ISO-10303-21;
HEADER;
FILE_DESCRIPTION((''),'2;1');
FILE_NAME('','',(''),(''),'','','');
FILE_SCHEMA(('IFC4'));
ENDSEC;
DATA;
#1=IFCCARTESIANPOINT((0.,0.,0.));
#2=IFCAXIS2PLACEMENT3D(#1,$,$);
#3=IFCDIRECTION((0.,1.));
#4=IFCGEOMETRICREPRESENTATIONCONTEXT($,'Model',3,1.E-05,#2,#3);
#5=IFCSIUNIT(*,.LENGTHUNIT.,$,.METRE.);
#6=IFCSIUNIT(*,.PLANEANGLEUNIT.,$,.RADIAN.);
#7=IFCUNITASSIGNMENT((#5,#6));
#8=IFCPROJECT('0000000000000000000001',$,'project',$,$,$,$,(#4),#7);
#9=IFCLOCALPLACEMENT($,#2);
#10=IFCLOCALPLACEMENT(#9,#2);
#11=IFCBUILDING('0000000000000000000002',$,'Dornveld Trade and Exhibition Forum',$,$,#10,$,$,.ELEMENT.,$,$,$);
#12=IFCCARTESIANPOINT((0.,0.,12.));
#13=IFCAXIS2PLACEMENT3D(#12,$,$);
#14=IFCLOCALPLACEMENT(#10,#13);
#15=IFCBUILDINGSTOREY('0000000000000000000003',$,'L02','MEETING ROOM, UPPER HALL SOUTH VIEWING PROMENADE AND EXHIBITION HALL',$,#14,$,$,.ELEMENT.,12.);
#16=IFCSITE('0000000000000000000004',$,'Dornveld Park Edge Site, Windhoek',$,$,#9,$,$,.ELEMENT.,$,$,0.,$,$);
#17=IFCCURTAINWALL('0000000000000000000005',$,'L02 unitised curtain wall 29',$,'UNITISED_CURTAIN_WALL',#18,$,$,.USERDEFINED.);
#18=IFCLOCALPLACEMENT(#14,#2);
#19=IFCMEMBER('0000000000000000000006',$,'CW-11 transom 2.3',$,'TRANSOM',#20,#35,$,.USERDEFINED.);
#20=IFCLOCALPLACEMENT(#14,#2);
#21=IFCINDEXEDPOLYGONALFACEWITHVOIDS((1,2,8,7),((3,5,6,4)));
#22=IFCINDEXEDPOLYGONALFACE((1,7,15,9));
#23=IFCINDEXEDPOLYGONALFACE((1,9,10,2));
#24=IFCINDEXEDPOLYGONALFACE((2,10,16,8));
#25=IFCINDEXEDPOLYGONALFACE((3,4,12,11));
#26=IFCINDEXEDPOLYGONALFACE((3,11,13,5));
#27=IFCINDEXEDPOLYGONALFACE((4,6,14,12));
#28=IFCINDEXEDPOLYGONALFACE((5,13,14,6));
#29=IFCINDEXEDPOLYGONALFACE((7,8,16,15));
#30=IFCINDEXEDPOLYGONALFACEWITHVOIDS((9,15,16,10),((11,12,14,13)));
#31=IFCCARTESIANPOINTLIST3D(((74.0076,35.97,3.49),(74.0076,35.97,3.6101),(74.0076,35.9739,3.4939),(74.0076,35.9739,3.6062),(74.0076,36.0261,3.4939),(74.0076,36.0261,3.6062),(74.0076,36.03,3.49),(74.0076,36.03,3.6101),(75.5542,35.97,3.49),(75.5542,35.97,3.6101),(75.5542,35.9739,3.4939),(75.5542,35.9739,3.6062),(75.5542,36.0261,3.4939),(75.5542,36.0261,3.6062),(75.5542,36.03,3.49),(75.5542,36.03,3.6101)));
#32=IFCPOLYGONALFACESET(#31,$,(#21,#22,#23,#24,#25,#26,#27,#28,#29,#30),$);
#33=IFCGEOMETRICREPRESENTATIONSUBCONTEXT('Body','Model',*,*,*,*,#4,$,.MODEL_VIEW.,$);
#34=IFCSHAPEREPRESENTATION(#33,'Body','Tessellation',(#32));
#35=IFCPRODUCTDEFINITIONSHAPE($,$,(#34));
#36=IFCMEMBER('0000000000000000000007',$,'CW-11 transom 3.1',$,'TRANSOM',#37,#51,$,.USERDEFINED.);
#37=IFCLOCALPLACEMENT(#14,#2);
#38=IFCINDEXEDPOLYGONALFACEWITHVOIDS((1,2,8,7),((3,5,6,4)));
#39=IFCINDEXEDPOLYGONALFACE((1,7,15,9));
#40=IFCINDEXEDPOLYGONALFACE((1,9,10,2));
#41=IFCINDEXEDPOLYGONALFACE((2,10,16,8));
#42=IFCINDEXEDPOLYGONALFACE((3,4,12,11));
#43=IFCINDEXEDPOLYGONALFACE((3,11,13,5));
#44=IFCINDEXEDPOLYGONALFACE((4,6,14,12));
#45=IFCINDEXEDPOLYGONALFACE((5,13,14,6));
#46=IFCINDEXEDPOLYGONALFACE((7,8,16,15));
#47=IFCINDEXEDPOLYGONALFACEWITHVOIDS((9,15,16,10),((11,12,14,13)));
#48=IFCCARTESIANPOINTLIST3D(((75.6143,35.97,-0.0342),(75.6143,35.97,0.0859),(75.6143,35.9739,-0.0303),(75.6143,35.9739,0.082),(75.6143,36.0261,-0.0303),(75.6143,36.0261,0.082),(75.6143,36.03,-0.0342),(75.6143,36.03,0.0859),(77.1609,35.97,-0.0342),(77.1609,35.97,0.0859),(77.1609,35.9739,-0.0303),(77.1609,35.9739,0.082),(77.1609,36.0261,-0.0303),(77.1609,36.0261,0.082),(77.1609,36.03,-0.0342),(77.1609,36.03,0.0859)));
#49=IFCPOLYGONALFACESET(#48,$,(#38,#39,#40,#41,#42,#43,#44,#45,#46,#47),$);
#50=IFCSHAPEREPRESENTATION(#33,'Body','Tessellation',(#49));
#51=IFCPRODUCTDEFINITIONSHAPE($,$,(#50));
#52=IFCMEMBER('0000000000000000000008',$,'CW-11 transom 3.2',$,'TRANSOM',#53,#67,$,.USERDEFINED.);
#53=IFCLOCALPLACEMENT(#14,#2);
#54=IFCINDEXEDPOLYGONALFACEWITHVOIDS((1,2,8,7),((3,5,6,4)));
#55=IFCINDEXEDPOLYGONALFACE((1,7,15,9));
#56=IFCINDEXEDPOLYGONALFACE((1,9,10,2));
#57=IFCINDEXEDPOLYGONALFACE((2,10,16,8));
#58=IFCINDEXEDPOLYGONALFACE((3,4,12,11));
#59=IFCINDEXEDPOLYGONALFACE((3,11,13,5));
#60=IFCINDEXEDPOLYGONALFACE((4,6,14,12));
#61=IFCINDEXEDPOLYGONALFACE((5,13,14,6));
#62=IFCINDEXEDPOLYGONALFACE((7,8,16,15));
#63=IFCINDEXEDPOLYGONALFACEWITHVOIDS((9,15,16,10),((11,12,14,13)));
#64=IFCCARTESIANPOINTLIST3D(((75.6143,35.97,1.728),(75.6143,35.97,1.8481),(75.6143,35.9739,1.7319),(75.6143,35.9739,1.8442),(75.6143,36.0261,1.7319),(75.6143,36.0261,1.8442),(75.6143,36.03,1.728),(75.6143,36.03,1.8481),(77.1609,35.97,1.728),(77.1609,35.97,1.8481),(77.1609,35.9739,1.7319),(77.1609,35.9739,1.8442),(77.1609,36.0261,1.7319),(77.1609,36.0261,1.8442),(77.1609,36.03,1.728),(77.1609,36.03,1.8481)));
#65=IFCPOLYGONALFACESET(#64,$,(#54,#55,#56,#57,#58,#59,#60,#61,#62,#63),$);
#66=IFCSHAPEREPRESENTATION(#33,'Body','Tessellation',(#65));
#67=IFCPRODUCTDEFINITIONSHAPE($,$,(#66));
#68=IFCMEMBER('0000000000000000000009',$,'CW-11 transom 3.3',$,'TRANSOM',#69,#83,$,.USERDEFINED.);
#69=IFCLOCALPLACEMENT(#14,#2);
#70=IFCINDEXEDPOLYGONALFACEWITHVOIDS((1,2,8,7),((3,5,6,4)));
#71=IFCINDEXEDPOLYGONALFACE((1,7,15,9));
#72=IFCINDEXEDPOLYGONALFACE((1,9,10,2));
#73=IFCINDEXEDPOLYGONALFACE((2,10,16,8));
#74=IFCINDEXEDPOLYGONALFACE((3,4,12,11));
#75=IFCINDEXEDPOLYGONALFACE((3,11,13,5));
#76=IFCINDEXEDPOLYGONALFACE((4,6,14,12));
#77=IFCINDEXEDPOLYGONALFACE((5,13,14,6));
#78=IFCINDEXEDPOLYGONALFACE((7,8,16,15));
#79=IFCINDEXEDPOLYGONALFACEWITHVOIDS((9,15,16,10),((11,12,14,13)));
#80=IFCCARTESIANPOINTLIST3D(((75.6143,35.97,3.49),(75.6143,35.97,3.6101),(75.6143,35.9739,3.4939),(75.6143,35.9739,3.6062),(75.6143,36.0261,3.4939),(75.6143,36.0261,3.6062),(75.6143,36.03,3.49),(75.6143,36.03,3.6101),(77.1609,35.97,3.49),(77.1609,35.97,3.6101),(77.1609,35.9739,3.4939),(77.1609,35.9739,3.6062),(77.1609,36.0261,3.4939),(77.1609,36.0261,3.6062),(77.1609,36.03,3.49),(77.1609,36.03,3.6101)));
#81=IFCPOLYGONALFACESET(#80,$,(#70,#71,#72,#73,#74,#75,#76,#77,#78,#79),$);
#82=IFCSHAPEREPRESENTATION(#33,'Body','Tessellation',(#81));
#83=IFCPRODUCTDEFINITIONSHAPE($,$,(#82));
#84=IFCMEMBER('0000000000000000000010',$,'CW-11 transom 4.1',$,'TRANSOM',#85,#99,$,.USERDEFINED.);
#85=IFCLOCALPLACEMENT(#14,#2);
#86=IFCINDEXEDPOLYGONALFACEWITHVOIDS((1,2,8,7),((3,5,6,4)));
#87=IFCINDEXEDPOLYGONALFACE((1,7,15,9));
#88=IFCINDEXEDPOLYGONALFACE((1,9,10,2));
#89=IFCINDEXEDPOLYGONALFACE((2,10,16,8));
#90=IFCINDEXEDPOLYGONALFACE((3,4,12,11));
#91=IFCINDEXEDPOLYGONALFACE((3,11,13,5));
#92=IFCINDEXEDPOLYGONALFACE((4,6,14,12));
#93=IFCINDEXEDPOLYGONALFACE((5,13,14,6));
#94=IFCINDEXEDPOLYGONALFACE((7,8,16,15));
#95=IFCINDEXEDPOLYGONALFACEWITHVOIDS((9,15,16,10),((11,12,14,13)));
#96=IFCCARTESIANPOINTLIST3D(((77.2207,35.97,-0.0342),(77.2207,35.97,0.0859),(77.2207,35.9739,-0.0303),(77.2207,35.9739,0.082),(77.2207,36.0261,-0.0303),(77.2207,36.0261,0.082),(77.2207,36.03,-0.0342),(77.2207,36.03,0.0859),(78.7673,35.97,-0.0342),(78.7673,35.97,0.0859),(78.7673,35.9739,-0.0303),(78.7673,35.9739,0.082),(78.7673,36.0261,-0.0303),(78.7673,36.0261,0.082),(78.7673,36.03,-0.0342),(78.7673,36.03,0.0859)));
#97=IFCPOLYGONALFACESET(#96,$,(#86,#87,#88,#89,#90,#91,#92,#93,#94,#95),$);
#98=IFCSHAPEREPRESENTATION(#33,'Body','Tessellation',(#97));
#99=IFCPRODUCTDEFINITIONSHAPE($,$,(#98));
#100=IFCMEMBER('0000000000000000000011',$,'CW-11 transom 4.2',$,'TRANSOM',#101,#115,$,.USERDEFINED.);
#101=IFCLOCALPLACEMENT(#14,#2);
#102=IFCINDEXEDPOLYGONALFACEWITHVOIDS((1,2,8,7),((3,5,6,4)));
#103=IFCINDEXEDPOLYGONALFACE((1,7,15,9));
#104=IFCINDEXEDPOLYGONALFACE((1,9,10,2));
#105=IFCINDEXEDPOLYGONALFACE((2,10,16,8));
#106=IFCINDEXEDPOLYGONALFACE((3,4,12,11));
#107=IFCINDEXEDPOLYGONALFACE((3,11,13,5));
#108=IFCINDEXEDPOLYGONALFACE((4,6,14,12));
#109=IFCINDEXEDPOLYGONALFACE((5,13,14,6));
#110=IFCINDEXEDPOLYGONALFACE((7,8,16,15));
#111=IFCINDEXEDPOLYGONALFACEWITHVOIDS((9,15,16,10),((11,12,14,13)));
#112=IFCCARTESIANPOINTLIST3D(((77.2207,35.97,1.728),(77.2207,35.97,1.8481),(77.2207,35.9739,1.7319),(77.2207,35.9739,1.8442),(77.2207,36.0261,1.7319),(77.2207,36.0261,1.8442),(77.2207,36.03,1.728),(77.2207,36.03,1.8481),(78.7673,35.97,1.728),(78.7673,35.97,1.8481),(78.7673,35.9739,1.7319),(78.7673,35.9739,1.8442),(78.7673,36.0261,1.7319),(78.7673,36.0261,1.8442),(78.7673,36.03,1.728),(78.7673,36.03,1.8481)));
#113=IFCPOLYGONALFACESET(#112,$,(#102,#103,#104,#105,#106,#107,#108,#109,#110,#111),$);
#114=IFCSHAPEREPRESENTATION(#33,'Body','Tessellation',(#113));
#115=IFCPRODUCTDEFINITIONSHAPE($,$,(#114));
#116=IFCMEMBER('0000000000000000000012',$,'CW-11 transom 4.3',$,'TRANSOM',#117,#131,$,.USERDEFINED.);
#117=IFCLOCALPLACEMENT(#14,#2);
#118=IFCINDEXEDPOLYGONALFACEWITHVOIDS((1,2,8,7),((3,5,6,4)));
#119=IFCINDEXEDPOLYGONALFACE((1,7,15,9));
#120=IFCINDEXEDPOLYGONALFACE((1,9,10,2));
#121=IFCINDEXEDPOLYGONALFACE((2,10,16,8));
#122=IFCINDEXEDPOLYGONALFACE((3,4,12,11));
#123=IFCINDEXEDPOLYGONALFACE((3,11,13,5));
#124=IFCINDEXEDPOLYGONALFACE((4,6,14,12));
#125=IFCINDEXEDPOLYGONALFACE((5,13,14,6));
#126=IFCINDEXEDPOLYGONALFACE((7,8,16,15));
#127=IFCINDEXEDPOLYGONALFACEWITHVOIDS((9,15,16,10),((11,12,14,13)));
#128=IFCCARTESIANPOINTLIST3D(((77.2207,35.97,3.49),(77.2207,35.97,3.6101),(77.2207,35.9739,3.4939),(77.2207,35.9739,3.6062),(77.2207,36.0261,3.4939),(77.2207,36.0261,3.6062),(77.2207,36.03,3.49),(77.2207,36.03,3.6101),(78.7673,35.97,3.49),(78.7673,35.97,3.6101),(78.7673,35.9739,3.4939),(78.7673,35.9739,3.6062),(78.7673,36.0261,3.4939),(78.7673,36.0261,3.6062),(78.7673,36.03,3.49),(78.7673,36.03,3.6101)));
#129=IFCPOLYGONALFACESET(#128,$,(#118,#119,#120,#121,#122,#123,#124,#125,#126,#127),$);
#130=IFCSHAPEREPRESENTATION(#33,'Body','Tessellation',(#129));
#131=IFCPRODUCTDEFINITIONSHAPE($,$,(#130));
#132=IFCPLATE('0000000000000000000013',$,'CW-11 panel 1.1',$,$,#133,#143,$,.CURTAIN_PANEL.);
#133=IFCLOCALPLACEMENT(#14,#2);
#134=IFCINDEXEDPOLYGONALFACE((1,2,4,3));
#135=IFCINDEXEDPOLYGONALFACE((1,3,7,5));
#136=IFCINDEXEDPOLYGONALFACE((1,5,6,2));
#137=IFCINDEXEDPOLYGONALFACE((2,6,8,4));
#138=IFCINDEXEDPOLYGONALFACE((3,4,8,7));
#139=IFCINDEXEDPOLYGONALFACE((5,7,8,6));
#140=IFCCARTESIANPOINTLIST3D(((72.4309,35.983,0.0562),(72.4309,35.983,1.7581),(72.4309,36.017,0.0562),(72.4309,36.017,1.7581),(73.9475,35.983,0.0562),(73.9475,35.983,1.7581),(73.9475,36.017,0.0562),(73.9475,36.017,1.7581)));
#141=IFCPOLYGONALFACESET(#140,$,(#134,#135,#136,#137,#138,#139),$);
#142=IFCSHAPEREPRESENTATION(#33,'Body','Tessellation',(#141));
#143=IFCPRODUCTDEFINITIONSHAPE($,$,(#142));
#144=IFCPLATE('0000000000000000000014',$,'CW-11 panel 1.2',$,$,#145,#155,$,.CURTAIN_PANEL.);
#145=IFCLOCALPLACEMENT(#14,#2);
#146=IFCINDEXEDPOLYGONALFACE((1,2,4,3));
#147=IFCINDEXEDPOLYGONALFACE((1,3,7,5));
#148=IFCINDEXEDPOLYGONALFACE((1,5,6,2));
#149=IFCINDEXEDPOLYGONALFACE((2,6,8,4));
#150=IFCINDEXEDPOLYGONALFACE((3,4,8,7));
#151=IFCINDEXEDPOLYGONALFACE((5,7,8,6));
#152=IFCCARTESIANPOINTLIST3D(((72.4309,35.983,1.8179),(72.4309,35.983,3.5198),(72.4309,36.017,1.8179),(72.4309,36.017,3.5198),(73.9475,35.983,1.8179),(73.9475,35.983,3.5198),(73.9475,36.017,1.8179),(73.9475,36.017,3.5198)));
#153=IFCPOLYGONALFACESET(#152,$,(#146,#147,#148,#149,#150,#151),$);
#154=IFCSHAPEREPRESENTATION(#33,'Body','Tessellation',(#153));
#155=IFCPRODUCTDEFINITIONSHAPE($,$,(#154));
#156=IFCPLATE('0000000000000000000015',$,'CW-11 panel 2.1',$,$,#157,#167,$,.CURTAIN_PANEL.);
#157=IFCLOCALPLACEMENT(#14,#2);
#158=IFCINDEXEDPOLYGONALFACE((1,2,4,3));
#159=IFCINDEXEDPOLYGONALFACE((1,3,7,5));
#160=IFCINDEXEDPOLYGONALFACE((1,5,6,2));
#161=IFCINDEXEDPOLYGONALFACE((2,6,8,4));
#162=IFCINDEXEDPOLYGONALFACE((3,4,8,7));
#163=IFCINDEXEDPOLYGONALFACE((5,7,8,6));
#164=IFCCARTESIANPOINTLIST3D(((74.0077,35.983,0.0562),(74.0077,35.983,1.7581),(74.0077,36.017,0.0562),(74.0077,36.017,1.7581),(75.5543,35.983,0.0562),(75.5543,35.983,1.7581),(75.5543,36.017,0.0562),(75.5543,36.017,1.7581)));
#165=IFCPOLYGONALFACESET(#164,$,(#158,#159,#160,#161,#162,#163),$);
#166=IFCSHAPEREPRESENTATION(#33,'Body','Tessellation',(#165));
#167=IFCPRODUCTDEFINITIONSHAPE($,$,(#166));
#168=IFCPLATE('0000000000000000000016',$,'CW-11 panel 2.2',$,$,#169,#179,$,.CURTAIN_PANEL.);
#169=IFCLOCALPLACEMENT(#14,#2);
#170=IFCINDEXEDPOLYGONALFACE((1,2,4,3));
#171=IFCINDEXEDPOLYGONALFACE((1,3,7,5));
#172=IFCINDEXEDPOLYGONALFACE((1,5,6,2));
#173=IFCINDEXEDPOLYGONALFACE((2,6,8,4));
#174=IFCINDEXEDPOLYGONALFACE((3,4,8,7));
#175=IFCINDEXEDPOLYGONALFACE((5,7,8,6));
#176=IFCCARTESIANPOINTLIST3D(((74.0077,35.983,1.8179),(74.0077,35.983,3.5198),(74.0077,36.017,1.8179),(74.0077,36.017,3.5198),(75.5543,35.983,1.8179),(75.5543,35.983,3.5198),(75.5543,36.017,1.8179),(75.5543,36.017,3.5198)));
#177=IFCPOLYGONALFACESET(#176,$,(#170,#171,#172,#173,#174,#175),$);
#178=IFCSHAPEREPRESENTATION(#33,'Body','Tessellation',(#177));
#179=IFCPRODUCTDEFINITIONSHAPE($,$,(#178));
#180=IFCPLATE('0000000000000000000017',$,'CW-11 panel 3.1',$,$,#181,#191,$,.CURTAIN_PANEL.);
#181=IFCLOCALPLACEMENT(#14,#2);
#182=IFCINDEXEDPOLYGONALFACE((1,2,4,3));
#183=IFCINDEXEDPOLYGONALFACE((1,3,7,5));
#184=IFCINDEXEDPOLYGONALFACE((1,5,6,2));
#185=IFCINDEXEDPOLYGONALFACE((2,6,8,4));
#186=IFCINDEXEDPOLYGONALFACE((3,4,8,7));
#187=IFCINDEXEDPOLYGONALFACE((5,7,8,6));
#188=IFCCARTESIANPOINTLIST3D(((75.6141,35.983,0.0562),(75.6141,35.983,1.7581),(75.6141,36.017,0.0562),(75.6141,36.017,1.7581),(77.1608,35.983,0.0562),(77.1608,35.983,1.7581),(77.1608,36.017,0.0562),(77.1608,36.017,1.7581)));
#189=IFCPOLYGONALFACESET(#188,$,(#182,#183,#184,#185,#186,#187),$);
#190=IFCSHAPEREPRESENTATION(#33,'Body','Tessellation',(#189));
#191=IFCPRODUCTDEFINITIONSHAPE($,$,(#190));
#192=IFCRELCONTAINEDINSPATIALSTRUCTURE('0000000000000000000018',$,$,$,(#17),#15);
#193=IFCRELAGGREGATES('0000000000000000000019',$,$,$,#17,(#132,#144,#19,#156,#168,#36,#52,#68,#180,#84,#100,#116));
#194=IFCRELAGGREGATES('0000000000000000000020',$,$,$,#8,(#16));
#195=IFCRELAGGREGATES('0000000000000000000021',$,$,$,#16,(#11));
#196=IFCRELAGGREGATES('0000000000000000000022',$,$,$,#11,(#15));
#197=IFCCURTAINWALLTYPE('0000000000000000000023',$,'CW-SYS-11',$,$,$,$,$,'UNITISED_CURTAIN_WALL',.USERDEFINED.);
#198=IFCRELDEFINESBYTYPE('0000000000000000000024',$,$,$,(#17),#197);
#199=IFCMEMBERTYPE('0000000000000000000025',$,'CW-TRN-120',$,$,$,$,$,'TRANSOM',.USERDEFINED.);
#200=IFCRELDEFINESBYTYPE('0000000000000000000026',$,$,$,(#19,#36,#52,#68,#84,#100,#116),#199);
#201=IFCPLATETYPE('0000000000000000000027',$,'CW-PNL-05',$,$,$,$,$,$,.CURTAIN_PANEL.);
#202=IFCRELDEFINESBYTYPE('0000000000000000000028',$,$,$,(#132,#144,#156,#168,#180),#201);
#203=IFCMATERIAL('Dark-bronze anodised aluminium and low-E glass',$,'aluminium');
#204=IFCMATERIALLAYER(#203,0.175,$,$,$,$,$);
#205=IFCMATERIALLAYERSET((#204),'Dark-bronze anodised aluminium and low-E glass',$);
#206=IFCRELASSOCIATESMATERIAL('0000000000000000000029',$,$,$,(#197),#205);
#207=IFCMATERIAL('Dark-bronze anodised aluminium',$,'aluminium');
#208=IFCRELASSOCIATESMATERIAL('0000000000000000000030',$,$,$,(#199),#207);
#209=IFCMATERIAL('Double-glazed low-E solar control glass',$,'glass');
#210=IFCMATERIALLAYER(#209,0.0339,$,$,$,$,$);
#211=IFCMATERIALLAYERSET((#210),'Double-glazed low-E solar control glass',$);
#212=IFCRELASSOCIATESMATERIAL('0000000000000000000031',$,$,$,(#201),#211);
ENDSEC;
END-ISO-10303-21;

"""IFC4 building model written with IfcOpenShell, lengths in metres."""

from ifc_helpers import new_model, si_unit, direction, frame, origin, origin_2d, place, context, subcontext, project, spatial, rectangle, hollow_rectangle, extrude, material, layer, layer_set, material_profile, profile_set, type_object, element, aggregate, save


model = new_model("IFC4")

# Units and contexts
model_context = context("Model", 3, precision=1e-05, world=origin(), true_north=direction((0.0, 1.0)))
body_context = subcontext(model_context, "Body", "Model", "MODEL_VIEW")
ifc_project = project(units=[si_unit("LENGTHUNIT", "METRE"), si_unit("PLANEANGLEUNIT", "RADIAN")], contexts=[model_context])

# Site, building, storey
site_placement = place(None, origin())
site = spatial("IfcSite", under=ifc_project, at=site_placement, Name="Dornveld Park Edge Site, Windhoek", CompositionType="ELEMENT", RefElevation=0.0)
building_placement = place(site_placement, origin())
building = spatial("IfcBuilding", under=site, at=building_placement, Name="Dornveld Trade and Exhibition Forum", CompositionType="ELEMENT")
storey_placement = place(building_placement, frame((0.0, 0.0, 12.0)))
storey = spatial("IfcBuildingStorey", under=building, at=storey_placement, Name="L02", Description="MEETING ROOM, UPPER HALL SOUTH VIEWING PROMENADE AND EXHIBITION HALL", CompositionType="ELEMENT", Elevation=12.0)

# Curtain wall, members, plates
ifc_material_1 = material(Name="Dark-bronze anodised aluminium and low-E glass", Category="aluminium")
ifc_layer_1 = layer(ifc_material_1, 0.175)
ifc_layer_set_1 = layer_set([ifc_layer_1], Name="Dark-bronze anodised aluminium and low-E glass")
curtain_wall_type_1 = type_object("IfcCurtainWallType", Name="CW-SYS-11", ElementType="UNITISED_CURTAIN_WALL", PredefinedType="USERDEFINED", material=ifc_layer_set_1)
curtain_wall_1_placement = place(storey_placement, origin())
curtain_wall_1 = element("IfcCurtainWall", 1, at=curtain_wall_1_placement, inside=storey, type_object=curtain_wall_type_1, Name="L02 unitised curtain wall 29", ObjectType="UNITISED_CURTAIN_WALL", PredefinedType="USERDEFINED")
ifc_material_2 = material(Name="Dark-bronze anodised aluminium", Category="aluminium")
ifc_material_profile_1 = material_profile(ifc_material_2, hollow_rectangle(XDim=0.0601, YDim=0.1201, WallThickness=0.0039, at=origin_2d()), Name="RHS 120x60x4")
ifc_profile_set_1 = profile_set([ifc_material_profile_1], Name="Dark-bronze anodised aluminium")
member_type_1 = type_object("IfcMemberType", Name="CW-TRN-120", ElementType="TRANSOM", PredefinedType="USERDEFINED", material=ifc_profile_set_1)
member_1_placement = place(storey_placement, frame((74.0076, 36.0, 3.55), z_axis=(1.0, 0.0, 0.0), x_axis=(0.0, 1.0, 0.0)))
member_1 = element("IfcMember", 2, at=member_1_placement, type_object=member_type_1, Name="CW-11 transom 2.3", ObjectType="TRANSOM", PredefinedType="USERDEFINED", context=body_context, shape_type="SweptSolid", body=[
    extrude(hollow_rectangle(XDim=0.0601, YDim=0.1201, WallThickness=0.0039, at=origin_2d()), origin(), (0.0, 0.0, 1.0), 1.5466),
])
member_2_placement = place(storey_placement, frame((75.6143, 36.0, 0.0259), z_axis=(1.0, 0.0, 0.0), x_axis=(0.0, 1.0, 0.0)))
member_2 = element("IfcMember", 3, at=member_2_placement, type_object=member_type_1, Name="CW-11 transom 3.1", ObjectType="TRANSOM", PredefinedType="USERDEFINED", context=body_context, shape_type="SweptSolid", body=[
    extrude(hollow_rectangle(XDim=0.0601, YDim=0.1201, WallThickness=0.0039, at=origin_2d()), origin(), (0.0, 0.0, 1.0), 1.5466),
])
member_3_placement = place(storey_placement, frame((75.6143, 36.0, 1.7881), z_axis=(1.0, 0.0, 0.0), x_axis=(0.0, 1.0, 0.0)))
member_3 = element("IfcMember", 4, at=member_3_placement, type_object=member_type_1, Name="CW-11 transom 3.2", ObjectType="TRANSOM", PredefinedType="USERDEFINED", context=body_context, shape_type="SweptSolid", body=[
    extrude(hollow_rectangle(XDim=0.0601, YDim=0.1201, WallThickness=0.0039, at=origin_2d()), origin(), (0.0, 0.0, 1.0), 1.5466),
])
member_4_placement = place(storey_placement, frame((75.6143, 36.0, 3.55), z_axis=(1.0, 0.0, 0.0), x_axis=(0.0, 1.0, 0.0)))
member_4 = element("IfcMember", 5, at=member_4_placement, type_object=member_type_1, Name="CW-11 transom 3.3", ObjectType="TRANSOM", PredefinedType="USERDEFINED", context=body_context, shape_type="SweptSolid", body=[
    extrude(hollow_rectangle(XDim=0.0601, YDim=0.1201, WallThickness=0.0039, at=origin_2d()), origin(), (0.0, 0.0, 1.0), 1.5466),
])
member_5_placement = place(storey_placement, frame((77.2207, 36.0, 0.0259), z_axis=(1.0, 0.0, 0.0), x_axis=(0.0, 1.0, 0.0)))
member_5 = element("IfcMember", 6, at=member_5_placement, type_object=member_type_1, Name="CW-11 transom 4.1", ObjectType="TRANSOM", PredefinedType="USERDEFINED", context=body_context, shape_type="SweptSolid", body=[
    extrude(hollow_rectangle(XDim=0.0601, YDim=0.1201, WallThickness=0.0039, at=origin_2d()), origin(), (0.0, 0.0, 1.0), 1.5466),
])
member_6_placement = place(storey_placement, frame((77.2207, 36.0, 1.7881), z_axis=(1.0, 0.0, 0.0), x_axis=(0.0, 1.0, 0.0)))
member_6 = element("IfcMember", 7, at=member_6_placement, type_object=member_type_1, Name="CW-11 transom 4.2", ObjectType="TRANSOM", PredefinedType="USERDEFINED", context=body_context, shape_type="SweptSolid", body=[
    extrude(hollow_rectangle(XDim=0.0601, YDim=0.1201, WallThickness=0.0039, at=origin_2d()), origin(), (0.0, 0.0, 1.0), 1.5466),
])
member_7_placement = place(storey_placement, frame((77.2207, 36.0, 3.55), z_axis=(1.0, 0.0, 0.0), x_axis=(0.0, 1.0, 0.0)))
member_7 = element("IfcMember", 8, at=member_7_placement, type_object=member_type_1, Name="CW-11 transom 4.3", ObjectType="TRANSOM", PredefinedType="USERDEFINED", context=body_context, shape_type="SweptSolid", body=[
    extrude(hollow_rectangle(XDim=0.0601, YDim=0.1201, WallThickness=0.0039, at=origin_2d()), origin(), (0.0, 0.0, 1.0), 1.5466),
])
ifc_material_3 = material(Name="Double-glazed low-E solar control glass", Category="glass")
ifc_layer_2 = layer(ifc_material_3, 0.0339)
ifc_layer_set_2 = layer_set([ifc_layer_2], Name="Double-glazed low-E solar control glass")
plate_type = type_object("IfcPlateType", Name="CW-PNL-05", PredefinedType="CURTAIN_PANEL", material=ifc_layer_set_2)
plate_1_placement = place(storey_placement, frame((73.1892, 36.0, 0.0562), z_axis=(0.0, 0.0, 1.0), x_axis=(1.0, 0.0, 0.0)))
plate_1 = element("IfcPlate", 9, at=plate_1_placement, type_object=plate_type, Name="CW-11 panel 1.1", PredefinedType="CURTAIN_PANEL", context=body_context, shape_type="SweptSolid", body=[
    extrude(rectangle(XDim=1.5166, YDim=0.0339, at=origin_2d()), origin(), (0.0, 0.0, 1.0), 1.7019),
])
plate_2_placement = place(storey_placement, frame((73.1892, 36.0, 1.8179), z_axis=(0.0, 0.0, 1.0), x_axis=(1.0, 0.0, 0.0)))
plate_2 = element("IfcPlate", 10, at=plate_2_placement, type_object=plate_type, Name="CW-11 panel 1.2", PredefinedType="CURTAIN_PANEL", context=body_context, shape_type="SweptSolid", body=[
    extrude(rectangle(XDim=1.5166, YDim=0.0339, at=origin_2d()), origin(), (0.0, 0.0, 1.0), 1.7019),
])
plate_3_placement = place(storey_placement, frame((74.781, 36.0, 0.0562), z_axis=(0.0, 0.0, 1.0), x_axis=(1.0, 0.0, 0.0)))
plate_3 = element("IfcPlate", 11, at=plate_3_placement, type_object=plate_type, Name="CW-11 panel 2.1", PredefinedType="CURTAIN_PANEL", context=body_context, shape_type="SweptSolid", body=[
    extrude(rectangle(XDim=1.5466, YDim=0.0339, at=origin_2d()), origin(), (0.0, 0.0, 1.0), 1.7019),
])
plate_4_placement = place(storey_placement, frame((74.781, 36.0, 1.8179), z_axis=(0.0, 0.0, 1.0), x_axis=(1.0, 0.0, 0.0)))
plate_4 = element("IfcPlate", 12, at=plate_4_placement, type_object=plate_type, Name="CW-11 panel 2.2", PredefinedType="CURTAIN_PANEL", context=body_context, shape_type="SweptSolid", body=[
    extrude(rectangle(XDim=1.5466, YDim=0.0339, at=origin_2d()), origin(), (0.0, 0.0, 1.0), 1.7019),
])
plate_5_placement = place(storey_placement, frame((76.3875, 36.0, 0.0562), z_axis=(0.0, 0.0, 1.0), x_axis=(1.0, 0.0, 0.0)))
plate_5 = element("IfcPlate", 13, at=plate_5_placement, type_object=plate_type, Name="CW-11 panel 3.1", PredefinedType="CURTAIN_PANEL", context=body_context, shape_type="SweptSolid", body=[
    extrude(rectangle(XDim=1.5466, YDim=0.0339, at=origin_2d()), origin(), (0.0, 0.0, 1.0), 1.7019),
])
aggregate(curtain_wall_1, [plate_1, plate_2, member_1, plate_3, plate_4, member_2, member_3, member_4, plate_5, member_5, member_6, member_7])

save(model, "model.ifc")
